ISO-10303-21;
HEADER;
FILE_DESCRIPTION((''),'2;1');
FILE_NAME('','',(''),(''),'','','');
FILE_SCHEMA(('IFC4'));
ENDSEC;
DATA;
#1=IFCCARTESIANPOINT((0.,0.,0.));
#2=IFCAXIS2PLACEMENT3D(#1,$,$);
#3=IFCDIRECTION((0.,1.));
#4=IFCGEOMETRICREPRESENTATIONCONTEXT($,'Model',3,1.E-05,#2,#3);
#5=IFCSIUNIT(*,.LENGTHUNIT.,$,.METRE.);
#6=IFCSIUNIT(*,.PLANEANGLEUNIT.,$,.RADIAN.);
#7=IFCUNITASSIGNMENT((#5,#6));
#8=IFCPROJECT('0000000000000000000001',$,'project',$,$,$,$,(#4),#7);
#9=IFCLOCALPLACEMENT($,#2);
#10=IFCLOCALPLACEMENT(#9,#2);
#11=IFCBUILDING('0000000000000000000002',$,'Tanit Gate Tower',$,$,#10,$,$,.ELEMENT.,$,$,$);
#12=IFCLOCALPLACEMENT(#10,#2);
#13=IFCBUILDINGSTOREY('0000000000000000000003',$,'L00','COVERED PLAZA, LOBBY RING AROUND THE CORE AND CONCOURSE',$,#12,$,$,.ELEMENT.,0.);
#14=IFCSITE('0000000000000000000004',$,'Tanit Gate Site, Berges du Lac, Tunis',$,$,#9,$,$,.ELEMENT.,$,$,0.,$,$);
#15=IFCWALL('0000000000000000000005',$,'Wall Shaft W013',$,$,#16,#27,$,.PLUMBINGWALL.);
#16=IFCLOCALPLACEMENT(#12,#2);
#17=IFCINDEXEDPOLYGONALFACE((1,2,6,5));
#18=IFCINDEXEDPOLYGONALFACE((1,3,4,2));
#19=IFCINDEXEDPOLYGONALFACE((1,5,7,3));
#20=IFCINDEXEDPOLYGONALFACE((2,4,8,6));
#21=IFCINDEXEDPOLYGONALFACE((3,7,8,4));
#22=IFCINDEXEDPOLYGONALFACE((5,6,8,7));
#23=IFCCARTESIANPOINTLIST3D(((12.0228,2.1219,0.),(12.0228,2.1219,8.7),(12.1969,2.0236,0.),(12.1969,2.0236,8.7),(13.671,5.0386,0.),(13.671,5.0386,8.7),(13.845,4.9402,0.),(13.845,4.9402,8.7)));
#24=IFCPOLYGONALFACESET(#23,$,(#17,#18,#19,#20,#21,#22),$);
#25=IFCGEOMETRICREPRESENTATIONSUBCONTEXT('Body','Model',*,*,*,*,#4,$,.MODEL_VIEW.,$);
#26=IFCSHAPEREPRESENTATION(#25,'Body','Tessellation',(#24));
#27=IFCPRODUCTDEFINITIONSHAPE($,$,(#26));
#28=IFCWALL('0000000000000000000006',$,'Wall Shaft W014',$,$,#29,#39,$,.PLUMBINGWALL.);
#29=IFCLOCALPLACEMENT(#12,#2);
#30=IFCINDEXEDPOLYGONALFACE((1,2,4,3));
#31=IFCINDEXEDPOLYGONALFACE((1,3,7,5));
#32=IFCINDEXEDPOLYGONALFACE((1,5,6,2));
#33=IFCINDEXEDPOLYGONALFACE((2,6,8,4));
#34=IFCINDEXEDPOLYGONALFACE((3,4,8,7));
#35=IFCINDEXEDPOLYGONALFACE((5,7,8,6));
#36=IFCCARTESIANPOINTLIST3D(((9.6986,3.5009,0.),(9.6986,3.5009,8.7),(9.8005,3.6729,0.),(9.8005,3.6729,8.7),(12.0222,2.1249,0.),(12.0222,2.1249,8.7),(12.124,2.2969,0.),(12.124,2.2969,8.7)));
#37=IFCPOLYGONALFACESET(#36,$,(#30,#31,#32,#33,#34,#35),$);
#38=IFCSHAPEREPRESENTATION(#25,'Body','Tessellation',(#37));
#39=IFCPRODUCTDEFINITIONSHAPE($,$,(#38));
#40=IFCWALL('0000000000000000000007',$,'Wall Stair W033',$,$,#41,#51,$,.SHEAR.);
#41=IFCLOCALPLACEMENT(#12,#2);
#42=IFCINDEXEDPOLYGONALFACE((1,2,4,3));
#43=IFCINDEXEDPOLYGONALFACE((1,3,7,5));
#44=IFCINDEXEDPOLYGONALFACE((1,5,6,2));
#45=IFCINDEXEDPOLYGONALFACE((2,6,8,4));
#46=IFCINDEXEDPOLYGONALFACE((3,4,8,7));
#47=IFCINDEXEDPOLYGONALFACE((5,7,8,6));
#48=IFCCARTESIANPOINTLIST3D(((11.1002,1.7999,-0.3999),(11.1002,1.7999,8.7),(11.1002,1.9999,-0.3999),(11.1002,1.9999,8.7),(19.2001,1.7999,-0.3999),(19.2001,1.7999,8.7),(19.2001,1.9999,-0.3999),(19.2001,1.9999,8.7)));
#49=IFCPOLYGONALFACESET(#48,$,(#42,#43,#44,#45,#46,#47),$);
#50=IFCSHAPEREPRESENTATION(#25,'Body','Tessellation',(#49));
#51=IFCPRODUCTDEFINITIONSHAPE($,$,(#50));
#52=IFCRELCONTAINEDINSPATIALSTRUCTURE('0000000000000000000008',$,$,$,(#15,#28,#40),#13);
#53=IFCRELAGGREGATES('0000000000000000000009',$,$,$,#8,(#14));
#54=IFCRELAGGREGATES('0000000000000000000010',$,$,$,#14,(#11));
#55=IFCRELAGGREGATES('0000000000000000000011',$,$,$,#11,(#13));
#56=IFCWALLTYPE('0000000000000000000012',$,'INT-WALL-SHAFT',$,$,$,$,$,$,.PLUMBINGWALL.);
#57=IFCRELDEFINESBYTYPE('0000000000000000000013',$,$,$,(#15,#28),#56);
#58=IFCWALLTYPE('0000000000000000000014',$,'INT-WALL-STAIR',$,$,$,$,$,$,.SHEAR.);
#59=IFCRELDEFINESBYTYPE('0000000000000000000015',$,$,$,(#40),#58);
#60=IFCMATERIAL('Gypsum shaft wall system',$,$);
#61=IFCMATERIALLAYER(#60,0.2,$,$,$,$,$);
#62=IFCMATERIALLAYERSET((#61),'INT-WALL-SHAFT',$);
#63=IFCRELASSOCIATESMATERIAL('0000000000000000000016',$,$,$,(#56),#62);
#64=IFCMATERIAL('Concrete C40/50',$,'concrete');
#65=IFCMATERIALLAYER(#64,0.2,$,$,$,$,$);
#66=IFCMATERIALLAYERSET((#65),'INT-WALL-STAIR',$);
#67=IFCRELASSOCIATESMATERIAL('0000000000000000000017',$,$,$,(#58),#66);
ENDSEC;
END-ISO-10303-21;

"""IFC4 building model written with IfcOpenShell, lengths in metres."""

from ifc_helpers import new_model, si_unit, direction, frame, frame_2d, origin, place, context, subcontext, project, spatial, rectangle, extrude, material, layer, layer_set, type_object, element, save


model = new_model("IFC4")

# Units and contexts
model_context = context("Model", 3, precision=1e-05, world=origin(), true_north=direction((0.0, 1.0)))
body_context = subcontext(model_context, "Body", "Model", "MODEL_VIEW")
ifc_project = project(units=[si_unit("LENGTHUNIT", "METRE"), si_unit("PLANEANGLEUNIT", "RADIAN")], contexts=[model_context])

# Site, building, storey
site_placement = place(None, origin())
site = spatial("IfcSite", under=ifc_project, at=site_placement, Name="Tanit Gate Site, Berges du Lac, Tunis", CompositionType="ELEMENT", RefElevation=0.0)
building_placement = place(site_placement, origin())
building = spatial("IfcBuilding", under=site, at=building_placement, Name="Tanit Gate Tower", CompositionType="ELEMENT")
storey_placement = place(building_placement, origin())
storey = spatial("IfcBuildingStorey", under=building, at=storey_placement, Name="L00", Description="COVERED PLAZA, LOBBY RING AROUND THE CORE AND CONCOURSE", CompositionType="ELEMENT", Elevation=0.0)

# Walls
ifc_material_1 = material(Name="Gypsum shaft wall system")
ifc_layer_1 = layer(ifc_material_1, 0.2)
ifc_layer_set_1 = layer_set([ifc_layer_1], Name="INT-WALL-SHAFT")
wall_type_1 = type_object("IfcWallType", Name="INT-WALL-SHAFT", PredefinedType="PLUMBINGWALL", material=ifc_layer_set_1)
wall_1_placement = place(storey_placement, frame((12.1099, 2.0728, 0.0), z_axis=(0.0, 0.0, 1.0), x_axis=(0.491966, 0.870614, 0.0)))
element("IfcWall", 1, at=wall_1_placement, inside=storey, type_object=wall_type_1, Name="Wall Shaft W013", PredefinedType="PLUMBINGWALL", context=body_context, shape_type="SweptSolid", body=[
    extrude(rectangle(XDim=3.3501, YDim=0.2, at=frame_2d((1.675, 0.0))), origin(), (0.0, 0.0, 1.0), 8.7),
])
wall_2_placement = place(storey_placement, frame((12.073, 2.2109, 0.0), z_axis=(0.0, 0.0, 1.0), x_axis=(-0.860438, 0.509555, 0.0)))
element("IfcWall", 2, at=wall_2_placement, inside=storey, type_object=wall_type_1, Name="Wall Shaft W014", PredefinedType="PLUMBINGWALL", context=body_context, shape_type="SweptSolid", body=[
    extrude(rectangle(XDim=2.7004, YDim=0.2, at=frame_2d((1.3501, 0.0))), origin(), (0.0, 0.0, 1.0), 8.7),
])
ifc_material_2 = material(Name="Concrete C40/50", Category="concrete")
ifc_layer_2 = layer(ifc_material_2, 0.2)
ifc_layer_set_2 = layer_set([ifc_layer_2], Name="INT-WALL-STAIR")
wall_type_2 = type_object("IfcWallType", Name="INT-WALL-STAIR", PredefinedType="SHEAR", material=ifc_layer_set_2)
wall_3_placement = place(storey_placement, frame((19.2, 1.8999, -0.3999), z_axis=(0.0, 0.0, 1.0), x_axis=(-1.0, 0.0, 0.0)))
element("IfcWall", 3, at=wall_3_placement, inside=storey, type_object=wall_type_2, Name="Wall Stair W033", PredefinedType="SHEAR", context=body_context, shape_type="SweptSolid", body=[
    extrude(rectangle(XDim=8.0999, YDim=0.2, at=frame_2d((4.0498, 0.0))), origin(), (0.0, 0.0, 1.0), 9.0999),
])

save(model, "model.ifc")
